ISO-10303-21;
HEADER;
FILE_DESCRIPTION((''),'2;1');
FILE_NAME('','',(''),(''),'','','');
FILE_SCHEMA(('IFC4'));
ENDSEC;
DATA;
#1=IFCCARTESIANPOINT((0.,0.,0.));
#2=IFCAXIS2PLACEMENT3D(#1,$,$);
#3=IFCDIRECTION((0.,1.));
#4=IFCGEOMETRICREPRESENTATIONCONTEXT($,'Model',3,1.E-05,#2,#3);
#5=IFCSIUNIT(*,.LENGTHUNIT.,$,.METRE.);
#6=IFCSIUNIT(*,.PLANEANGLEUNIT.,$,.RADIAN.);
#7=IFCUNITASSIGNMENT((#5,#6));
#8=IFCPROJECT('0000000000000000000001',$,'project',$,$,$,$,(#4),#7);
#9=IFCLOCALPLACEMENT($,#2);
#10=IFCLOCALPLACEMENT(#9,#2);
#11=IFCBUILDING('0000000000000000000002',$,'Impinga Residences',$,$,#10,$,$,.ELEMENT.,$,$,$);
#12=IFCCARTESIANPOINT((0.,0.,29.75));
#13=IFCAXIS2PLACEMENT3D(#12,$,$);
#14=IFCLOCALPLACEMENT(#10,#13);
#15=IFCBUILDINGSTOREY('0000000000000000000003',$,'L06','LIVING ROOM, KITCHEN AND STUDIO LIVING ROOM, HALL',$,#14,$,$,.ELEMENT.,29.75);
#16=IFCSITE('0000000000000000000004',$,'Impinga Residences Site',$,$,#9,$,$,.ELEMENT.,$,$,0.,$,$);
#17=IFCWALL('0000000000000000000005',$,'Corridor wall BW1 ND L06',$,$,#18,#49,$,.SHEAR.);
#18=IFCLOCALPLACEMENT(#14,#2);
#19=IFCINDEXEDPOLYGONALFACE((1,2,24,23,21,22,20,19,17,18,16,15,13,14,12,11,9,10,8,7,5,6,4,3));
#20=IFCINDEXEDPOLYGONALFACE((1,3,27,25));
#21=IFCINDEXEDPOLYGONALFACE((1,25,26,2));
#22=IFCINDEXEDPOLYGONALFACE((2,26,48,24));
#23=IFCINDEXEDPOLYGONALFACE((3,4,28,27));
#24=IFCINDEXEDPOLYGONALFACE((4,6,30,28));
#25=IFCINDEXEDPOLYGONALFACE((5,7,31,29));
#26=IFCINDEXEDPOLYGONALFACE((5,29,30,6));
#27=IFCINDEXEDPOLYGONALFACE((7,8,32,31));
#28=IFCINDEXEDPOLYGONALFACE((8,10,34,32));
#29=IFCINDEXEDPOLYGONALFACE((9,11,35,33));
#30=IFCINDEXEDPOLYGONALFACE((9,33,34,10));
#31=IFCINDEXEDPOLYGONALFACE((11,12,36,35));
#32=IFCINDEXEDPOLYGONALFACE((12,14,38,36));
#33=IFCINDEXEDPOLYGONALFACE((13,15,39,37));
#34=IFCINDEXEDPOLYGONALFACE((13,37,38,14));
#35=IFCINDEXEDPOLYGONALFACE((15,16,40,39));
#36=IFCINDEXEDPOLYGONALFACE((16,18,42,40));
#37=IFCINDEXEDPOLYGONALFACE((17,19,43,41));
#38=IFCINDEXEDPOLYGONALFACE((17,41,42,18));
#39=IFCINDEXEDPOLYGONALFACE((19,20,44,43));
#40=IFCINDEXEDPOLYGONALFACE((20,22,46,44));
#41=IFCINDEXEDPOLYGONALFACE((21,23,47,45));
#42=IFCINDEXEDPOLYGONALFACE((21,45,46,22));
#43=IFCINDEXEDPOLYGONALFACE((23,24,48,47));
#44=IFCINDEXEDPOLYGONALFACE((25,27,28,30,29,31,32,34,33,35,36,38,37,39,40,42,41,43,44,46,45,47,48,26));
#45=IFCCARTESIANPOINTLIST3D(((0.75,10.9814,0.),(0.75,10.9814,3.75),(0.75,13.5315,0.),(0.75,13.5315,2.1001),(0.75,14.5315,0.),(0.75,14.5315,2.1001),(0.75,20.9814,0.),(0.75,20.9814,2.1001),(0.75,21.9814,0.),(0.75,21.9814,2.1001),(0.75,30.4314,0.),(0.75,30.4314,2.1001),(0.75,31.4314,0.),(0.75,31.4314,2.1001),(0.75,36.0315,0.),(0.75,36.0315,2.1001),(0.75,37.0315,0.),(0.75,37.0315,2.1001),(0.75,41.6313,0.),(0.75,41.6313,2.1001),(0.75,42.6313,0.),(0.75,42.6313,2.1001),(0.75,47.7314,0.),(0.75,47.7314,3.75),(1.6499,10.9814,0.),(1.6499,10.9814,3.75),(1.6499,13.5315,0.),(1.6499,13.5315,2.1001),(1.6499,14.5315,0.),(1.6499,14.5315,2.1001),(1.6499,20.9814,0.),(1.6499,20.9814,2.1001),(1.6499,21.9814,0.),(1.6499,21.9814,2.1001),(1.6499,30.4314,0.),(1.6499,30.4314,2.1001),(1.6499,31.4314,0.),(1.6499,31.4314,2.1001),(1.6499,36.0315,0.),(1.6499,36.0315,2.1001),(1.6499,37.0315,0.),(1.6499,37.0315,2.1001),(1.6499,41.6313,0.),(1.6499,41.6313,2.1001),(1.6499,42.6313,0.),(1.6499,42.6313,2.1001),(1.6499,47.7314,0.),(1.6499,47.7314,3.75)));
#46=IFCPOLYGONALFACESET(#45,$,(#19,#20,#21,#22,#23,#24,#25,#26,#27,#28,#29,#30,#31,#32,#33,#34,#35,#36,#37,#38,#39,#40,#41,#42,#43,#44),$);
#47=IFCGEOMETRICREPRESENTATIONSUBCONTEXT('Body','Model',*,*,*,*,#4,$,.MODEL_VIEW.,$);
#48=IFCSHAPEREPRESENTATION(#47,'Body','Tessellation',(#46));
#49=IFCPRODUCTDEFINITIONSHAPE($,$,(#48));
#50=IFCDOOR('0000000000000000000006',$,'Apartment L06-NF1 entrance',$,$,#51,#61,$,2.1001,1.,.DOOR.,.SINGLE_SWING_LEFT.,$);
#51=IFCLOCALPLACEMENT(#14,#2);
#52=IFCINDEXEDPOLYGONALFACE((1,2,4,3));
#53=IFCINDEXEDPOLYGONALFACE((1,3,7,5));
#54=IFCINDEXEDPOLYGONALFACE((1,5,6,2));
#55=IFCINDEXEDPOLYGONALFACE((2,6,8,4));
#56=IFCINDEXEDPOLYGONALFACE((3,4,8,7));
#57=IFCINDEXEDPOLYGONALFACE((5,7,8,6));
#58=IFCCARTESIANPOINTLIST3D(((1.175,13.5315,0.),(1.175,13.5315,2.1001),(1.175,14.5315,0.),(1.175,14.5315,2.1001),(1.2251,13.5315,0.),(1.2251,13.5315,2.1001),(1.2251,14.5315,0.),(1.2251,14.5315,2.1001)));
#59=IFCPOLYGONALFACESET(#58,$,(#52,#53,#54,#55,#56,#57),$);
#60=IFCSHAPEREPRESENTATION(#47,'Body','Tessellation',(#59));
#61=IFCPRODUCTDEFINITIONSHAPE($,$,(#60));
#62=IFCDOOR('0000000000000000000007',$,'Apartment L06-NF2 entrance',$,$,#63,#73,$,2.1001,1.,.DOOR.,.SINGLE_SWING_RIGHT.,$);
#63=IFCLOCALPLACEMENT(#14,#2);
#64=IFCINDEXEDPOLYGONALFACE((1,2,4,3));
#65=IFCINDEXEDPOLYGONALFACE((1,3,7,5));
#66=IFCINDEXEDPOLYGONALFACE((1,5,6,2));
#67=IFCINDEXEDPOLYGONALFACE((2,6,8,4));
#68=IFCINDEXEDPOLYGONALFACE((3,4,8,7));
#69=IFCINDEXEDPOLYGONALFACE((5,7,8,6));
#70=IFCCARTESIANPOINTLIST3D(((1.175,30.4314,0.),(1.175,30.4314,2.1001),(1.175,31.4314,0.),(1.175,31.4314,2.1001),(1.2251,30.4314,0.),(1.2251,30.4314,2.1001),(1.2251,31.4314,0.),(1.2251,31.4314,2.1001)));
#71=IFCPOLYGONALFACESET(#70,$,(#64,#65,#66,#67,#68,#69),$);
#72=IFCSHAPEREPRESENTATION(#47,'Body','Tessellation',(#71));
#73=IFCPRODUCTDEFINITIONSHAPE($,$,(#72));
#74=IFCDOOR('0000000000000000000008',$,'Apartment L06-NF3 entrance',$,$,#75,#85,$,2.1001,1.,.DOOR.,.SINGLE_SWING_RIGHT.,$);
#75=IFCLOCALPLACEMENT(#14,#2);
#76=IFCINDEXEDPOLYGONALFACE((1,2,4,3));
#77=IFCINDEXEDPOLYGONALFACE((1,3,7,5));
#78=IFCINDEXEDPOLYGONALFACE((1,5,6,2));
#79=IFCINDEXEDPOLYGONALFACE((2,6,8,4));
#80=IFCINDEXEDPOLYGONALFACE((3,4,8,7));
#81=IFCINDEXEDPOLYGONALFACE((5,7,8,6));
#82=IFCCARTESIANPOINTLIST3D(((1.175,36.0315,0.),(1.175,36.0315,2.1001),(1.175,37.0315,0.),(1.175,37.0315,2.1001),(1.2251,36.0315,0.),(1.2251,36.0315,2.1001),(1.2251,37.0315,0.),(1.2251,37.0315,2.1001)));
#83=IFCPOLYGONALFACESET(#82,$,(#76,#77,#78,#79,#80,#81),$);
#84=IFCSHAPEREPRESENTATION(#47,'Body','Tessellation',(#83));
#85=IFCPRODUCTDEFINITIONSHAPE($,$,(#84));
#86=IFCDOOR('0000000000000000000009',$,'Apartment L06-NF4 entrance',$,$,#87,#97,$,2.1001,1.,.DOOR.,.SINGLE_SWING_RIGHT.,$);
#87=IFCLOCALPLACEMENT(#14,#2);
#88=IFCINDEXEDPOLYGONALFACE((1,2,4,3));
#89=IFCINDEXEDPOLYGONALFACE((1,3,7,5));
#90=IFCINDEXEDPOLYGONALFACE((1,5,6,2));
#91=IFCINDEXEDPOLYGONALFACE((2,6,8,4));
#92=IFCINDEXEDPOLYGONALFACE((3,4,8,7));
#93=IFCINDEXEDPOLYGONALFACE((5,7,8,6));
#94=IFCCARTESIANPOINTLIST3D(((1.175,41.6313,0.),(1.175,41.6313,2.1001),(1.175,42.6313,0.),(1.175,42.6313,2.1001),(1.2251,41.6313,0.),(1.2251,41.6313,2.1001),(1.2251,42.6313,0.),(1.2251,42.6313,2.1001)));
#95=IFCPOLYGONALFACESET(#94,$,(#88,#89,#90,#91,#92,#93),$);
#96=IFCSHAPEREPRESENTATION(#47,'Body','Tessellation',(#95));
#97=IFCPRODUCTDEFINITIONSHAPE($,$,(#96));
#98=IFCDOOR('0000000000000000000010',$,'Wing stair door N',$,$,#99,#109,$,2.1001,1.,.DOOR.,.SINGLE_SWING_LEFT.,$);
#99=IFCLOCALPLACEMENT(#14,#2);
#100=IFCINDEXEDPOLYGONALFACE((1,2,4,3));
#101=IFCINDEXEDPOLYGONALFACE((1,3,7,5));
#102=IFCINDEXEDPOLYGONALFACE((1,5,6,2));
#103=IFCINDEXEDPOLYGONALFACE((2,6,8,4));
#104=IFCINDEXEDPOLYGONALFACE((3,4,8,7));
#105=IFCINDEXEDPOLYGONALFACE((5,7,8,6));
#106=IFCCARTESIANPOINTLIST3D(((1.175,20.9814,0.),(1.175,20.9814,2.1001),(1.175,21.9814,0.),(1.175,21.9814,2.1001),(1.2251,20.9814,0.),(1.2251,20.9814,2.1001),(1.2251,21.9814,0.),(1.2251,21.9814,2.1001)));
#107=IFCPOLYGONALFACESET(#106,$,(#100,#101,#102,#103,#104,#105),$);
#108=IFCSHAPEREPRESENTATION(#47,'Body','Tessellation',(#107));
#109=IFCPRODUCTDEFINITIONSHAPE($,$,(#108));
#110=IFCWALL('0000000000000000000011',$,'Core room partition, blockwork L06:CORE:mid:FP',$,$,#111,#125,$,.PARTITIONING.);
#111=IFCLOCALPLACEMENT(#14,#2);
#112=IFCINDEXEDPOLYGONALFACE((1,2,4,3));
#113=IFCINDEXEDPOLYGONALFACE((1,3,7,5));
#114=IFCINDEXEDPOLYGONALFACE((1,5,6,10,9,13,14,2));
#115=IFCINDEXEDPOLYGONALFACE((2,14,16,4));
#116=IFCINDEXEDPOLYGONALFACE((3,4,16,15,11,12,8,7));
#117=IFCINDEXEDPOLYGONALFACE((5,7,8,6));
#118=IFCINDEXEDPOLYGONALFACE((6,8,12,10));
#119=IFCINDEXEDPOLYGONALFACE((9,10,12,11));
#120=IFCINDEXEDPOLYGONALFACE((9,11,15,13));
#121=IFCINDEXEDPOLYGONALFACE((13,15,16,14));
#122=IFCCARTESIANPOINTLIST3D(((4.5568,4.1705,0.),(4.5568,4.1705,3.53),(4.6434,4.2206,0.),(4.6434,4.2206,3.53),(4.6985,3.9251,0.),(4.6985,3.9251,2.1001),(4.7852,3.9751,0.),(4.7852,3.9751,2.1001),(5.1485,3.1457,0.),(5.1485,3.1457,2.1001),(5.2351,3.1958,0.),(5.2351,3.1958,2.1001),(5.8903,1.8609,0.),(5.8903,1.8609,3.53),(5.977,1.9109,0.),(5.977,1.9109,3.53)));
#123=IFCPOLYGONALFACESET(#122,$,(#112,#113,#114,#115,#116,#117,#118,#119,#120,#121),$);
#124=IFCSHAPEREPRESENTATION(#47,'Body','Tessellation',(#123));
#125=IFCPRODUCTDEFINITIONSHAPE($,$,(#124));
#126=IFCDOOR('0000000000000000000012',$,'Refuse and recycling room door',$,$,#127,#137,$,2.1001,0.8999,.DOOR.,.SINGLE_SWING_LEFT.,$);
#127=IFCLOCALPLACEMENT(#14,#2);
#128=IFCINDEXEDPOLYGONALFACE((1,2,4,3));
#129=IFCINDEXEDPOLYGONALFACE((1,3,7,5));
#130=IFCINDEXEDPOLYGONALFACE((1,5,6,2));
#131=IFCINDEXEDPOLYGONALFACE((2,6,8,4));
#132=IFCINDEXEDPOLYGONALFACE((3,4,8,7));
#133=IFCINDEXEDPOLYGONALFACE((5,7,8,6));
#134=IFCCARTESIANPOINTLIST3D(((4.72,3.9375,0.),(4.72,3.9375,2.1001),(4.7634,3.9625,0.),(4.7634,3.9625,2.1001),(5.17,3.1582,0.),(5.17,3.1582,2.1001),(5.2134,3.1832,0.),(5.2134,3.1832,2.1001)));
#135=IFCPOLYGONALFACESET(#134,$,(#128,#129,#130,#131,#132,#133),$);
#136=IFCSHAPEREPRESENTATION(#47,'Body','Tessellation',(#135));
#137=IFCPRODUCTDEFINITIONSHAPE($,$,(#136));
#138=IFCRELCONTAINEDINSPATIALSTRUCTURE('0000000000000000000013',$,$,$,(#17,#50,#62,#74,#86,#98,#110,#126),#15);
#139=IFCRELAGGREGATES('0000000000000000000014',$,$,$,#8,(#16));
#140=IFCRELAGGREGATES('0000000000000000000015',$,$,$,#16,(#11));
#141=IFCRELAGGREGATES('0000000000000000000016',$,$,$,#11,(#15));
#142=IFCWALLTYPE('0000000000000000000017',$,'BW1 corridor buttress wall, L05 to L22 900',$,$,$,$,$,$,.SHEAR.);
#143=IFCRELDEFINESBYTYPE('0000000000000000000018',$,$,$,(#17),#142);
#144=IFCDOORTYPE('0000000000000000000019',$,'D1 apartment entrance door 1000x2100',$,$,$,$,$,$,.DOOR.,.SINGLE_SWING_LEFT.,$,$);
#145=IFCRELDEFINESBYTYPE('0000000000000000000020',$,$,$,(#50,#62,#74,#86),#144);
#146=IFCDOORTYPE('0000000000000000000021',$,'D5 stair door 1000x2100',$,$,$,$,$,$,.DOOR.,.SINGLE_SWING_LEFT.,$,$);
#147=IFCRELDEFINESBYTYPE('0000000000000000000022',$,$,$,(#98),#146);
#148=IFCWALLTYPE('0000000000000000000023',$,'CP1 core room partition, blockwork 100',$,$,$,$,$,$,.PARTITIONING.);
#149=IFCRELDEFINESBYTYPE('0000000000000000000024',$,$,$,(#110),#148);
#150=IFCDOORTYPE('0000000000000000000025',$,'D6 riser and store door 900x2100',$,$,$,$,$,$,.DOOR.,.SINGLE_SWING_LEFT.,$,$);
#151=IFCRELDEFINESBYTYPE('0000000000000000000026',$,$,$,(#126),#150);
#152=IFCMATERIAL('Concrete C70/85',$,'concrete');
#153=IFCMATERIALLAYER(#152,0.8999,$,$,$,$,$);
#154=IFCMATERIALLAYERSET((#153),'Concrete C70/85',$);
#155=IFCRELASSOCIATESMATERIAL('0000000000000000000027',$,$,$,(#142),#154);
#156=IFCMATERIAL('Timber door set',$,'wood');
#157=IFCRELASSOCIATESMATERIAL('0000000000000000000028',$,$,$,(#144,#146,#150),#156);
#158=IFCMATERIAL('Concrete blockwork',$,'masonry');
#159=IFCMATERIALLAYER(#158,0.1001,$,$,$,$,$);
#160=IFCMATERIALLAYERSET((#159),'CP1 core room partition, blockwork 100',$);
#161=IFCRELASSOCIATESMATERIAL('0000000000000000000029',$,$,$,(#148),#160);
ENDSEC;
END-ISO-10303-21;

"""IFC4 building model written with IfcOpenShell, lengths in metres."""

from ifc_helpers import new_model, si_unit, direction, frame, frame_2d, origin, place, context, subcontext, project, spatial, rectangle, extrude, material, layer, layer_set, type_object, element, fill, save


model = new_model("IFC4")

# Units and contexts
model_context = context("Model", 3, precision=1e-05, world=origin(), true_north=direction((0.0, 1.0)))
body_context = subcontext(model_context, "Body", "Model", "MODEL_VIEW")
ifc_project = project(units=[si_unit("LENGTHUNIT", "METRE"), si_unit("PLANEANGLEUNIT", "RADIAN")], contexts=[model_context])

# Site, building, storey
site_placement = place(None, origin())
site = spatial("IfcSite", under=ifc_project, at=site_placement, Name="Impinga Residences Site", CompositionType="ELEMENT", RefElevation=0.0)
building_placement = place(site_placement, origin())
building = spatial("IfcBuilding", under=site, at=building_placement, Name="Impinga Residences", CompositionType="ELEMENT")
storey_placement = place(building_placement, frame((0.0, 0.0, 29.75)))
storey = spatial("IfcBuildingStorey", under=building, at=storey_placement, Name="L06", Description="LIVING ROOM, KITCHEN AND STUDIO LIVING ROOM, HALL", CompositionType="ELEMENT", Elevation=29.75)

# Wall, openings, doors
ifc_material_1 = material(Name="Concrete C70/85", Category="concrete")
ifc_layer_1 = layer(ifc_material_1, 0.8999)
ifc_layer_set_1 = layer_set([ifc_layer_1], Name="Concrete C70/85")
wall_type_1 = type_object("IfcWallType", Name="BW1 corridor buttress wall, L05 to L22 900", PredefinedType="SHEAR", material=ifc_layer_set_1)
wall_1_placement = place(storey_placement, frame((1.2, 10.9814, 0.0), z_axis=(0.0, 0.0, 1.0), x_axis=(0.0, 1.0, 0.0)))
wall_1 = element("IfcWall", 1, at=wall_1_placement, inside=storey, type_object=wall_type_1, Name="Corridor wall BW1 ND L06", PredefinedType="SHEAR", context=body_context, shape_type="SweptSolid", body=[
    extrude(rectangle(XDim=36.75, YDim=0.8999, at=frame_2d((18.375, 0.0))), origin(), (0.0, 0.0, 1.0), 3.75),
])
opening_1_placement = place(wall_1_placement, frame((10.0, 0.0, 0.0)))
opening_1 = element("IfcOpeningElement", 2, at=opening_1_placement, cuts=wall_1, PredefinedType="OPENING", context=body_context, shape_type="SweptSolid", body=[
    extrude(rectangle(XDim=1.0, YDim=2.1001, at=frame_2d((0.5, 1.05))), frame((0.0, 0.46, 0.0), z_axis=(0.0, -1.0, 0.0), x_axis=(1.0, 0.0, 0.0)), (0.0, 0.0, 1.0), 0.9199),
])
opening_2_placement = place(wall_1_placement, frame((2.55, 0.0, 0.0)))
opening_2 = element("IfcOpeningElement", 3, at=opening_2_placement, cuts=wall_1, PredefinedType="OPENING", context=body_context, shape_type="SweptSolid", body=[
    extrude(rectangle(XDim=1.0, YDim=2.1001, at=frame_2d((0.5, 1.05))), frame((0.0, 0.46, 0.0), z_axis=(0.0, -1.0, 0.0), x_axis=(1.0, 0.0, 0.0)), (0.0, 0.0, 1.0), 0.9199),
])
opening_3_placement = place(wall_1_placement, frame((19.45, 0.0, 0.0)))
opening_3 = element("IfcOpeningElement", 4, at=opening_3_placement, cuts=wall_1, PredefinedType="OPENING", context=body_context, shape_type="SweptSolid", body=[
    extrude(rectangle(XDim=1.0, YDim=2.1001, at=frame_2d((0.5, 1.05))), frame((0.0, 0.46, 0.0), z_axis=(0.0, -1.0, 0.0), x_axis=(1.0, 0.0, 0.0)), (0.0, 0.0, 1.0), 0.9199),
])
opening_4_placement = place(wall_1_placement, frame((25.05, 0.0, 0.0)))
opening_4 = element("IfcOpeningElement", 5, at=opening_4_placement, cuts=wall_1, PredefinedType="OPENING", context=body_context, shape_type="SweptSolid", body=[
    extrude(rectangle(XDim=1.0, YDim=2.1001, at=frame_2d((0.5, 1.05))), frame((0.0, 0.46, 0.0), z_axis=(0.0, -1.0, 0.0), x_axis=(1.0, 0.0, 0.0)), (0.0, 0.0, 1.0), 0.9199),
])
opening_5_placement = place(wall_1_placement, frame((30.6499, 0.0, 0.0)))
opening_5 = element("IfcOpeningElement", 6, at=opening_5_placement, cuts=wall_1, PredefinedType="OPENING", context=body_context, shape_type="SweptSolid", body=[
    extrude(rectangle(XDim=1.0, YDim=2.1001, at=frame_2d((0.5, 1.05))), frame((0.0, 0.46, 0.0), z_axis=(0.0, -1.0, 0.0), x_axis=(1.0, 0.0, 0.0)), (0.0, 0.0, 1.0), 0.9199),
])
ifc_material_2 = material(Name="Timber door set", Category="wood")
door_type_1 = type_object("IfcDoorType", Name="D1 apartment entrance door 1000x2100", OperationType="SINGLE_SWING_LEFT", PredefinedType="DOOR", material=ifc_material_2)
door_1_placement = place(opening_2_placement, origin())
door_1 = element("IfcDoor", 7, at=door_1_placement, inside=storey, type_object=door_type_1, Name="Apartment L06-NF1 entrance", OperationType="SINGLE_SWING_LEFT", OverallHeight=2.1001, OverallWidth=1.0, PredefinedType="DOOR", context=body_context, shape_type="SweptSolid", body=[
    extrude(rectangle(XDim=1.0, YDim=2.1001, at=frame_2d((0.5, 1.05))), frame((0.0, 0.0249, 0.0), z_axis=(0.0, -1.0, 0.0), x_axis=(1.0, 0.0, 0.0)), (0.0, 0.0, 1.0), 0.05),
])
fill(opening_2, door_1)
door_2_placement = place(opening_3_placement, origin())
door_2 = element("IfcDoor", 8, at=door_2_placement, inside=storey, type_object=door_type_1, Name="Apartment L06-NF2 entrance", OperationType="SINGLE_SWING_RIGHT", OverallHeight=2.1001, OverallWidth=1.0, PredefinedType="DOOR", context=body_context, shape_type="SweptSolid", body=[
    extrude(rectangle(XDim=1.0, YDim=2.1001, at=frame_2d((0.5, 1.05))), frame((0.0, 0.0249, 0.0), z_axis=(0.0, -1.0, 0.0), x_axis=(1.0, 0.0, 0.0)), (0.0, 0.0, 1.0), 0.05),
])
fill(opening_3, door_2)
door_3_placement = place(opening_4_placement, origin())
door_3 = element("IfcDoor", 9, at=door_3_placement, inside=storey, type_object=door_type_1, Name="Apartment L06-NF3 entrance", OperationType="SINGLE_SWING_RIGHT", OverallHeight=2.1001, OverallWidth=1.0, PredefinedType="DOOR", context=body_context, shape_type="SweptSolid", body=[
    extrude(rectangle(XDim=1.0, YDim=2.1001, at=frame_2d((0.5, 1.05))), frame((0.0, 0.0249, 0.0), z_axis=(0.0, -1.0, 0.0), x_axis=(1.0, 0.0, 0.0)), (0.0, 0.0, 1.0), 0.05),
])
fill(opening_4, door_3)
door_4_placement = place(opening_5_placement, origin())
door_4 = element("IfcDoor", 10, at=door_4_placement, inside=storey, type_object=door_type_1, Name="Apartment L06-NF4 entrance", OperationType="SINGLE_SWING_RIGHT", OverallHeight=2.1001, OverallWidth=1.0, PredefinedType="DOOR", context=body_context, shape_type="SweptSolid", body=[
    extrude(rectangle(XDim=1.0, YDim=2.1001, at=frame_2d((0.5, 1.05))), frame((0.0, 0.0249, 0.0), z_axis=(0.0, -1.0, 0.0), x_axis=(1.0, 0.0, 0.0)), (0.0, 0.0, 1.0), 0.05),
])
fill(opening_5, door_4)
door_type_2 = type_object("IfcDoorType", Name="D5 stair door 1000x2100", OperationType="SINGLE_SWING_LEFT", PredefinedType="DOOR", material=ifc_material_2)
door_5_placement = place(opening_1_placement, origin())
door_5 = element("IfcDoor", 11, at=door_5_placement, inside=storey, type_object=door_type_2, Name="Wing stair door N", OperationType="SINGLE_SWING_LEFT", OverallHeight=2.1001, OverallWidth=1.0, PredefinedType="DOOR", context=body_context, shape_type="SweptSolid", body=[
    extrude(rectangle(XDim=1.0, YDim=2.1001, at=frame_2d((0.5, 1.05))), frame((0.0, 0.0249, 0.0), z_axis=(0.0, -1.0, 0.0), x_axis=(1.0, 0.0, 0.0)), (0.0, 0.0, 1.0), 0.05),
])
fill(opening_1, door_5)

# Wall, opening, door
ifc_material_3 = material(Name="Concrete blockwork", Category="masonry")
ifc_layer_2 = layer(ifc_material_3, 0.1001)
ifc_layer_set_2 = layer_set([ifc_layer_2], Name="CP1 core room partition, blockwork 100")
wall_type_2 = type_object("IfcWallType", Name="CP1 core room partition, blockwork 100", PredefinedType="PARTITIONING", material=ifc_layer_set_2)
wall_2_placement = place(storey_placement, frame((4.6001, 4.1956, 0.0), z_axis=(0.0, 0.0, 1.0), x_axis=(0.500018, -0.866015, 0.0)))
wall_2 = element("IfcWall", 12, at=wall_2_placement, inside=storey, type_object=wall_type_2, Name="Core room partition, blockwork L06:CORE:mid:FP", PredefinedType="PARTITIONING", context=body_context, shape_type="SweptSolid", body=[
    extrude(rectangle(XDim=2.667, YDim=0.1001, at=frame_2d((1.3335, 0.0))), origin(), (0.0, 0.0, 1.0), 3.53),
])
opening_6_placement = place(wall_2_placement, frame((0.2834, 0.0, 0.0)))
opening_6 = element("IfcOpeningElement", 13, at=opening_6_placement, cuts=wall_2, PredefinedType="OPENING", context=body_context, shape_type="SweptSolid", body=[
    extrude(rectangle(XDim=0.8999, YDim=2.1001, at=frame_2d((0.45, 1.05))), frame((0.0, 0.0601, 0.0), z_axis=(0.0, -1.0, 0.0), x_axis=(1.0, 0.0, 0.0)), (0.0, 0.0, 1.0), 0.1201),
])
door_type_3 = type_object("IfcDoorType", Name="D6 riser and store door 900x2100", OperationType="SINGLE_SWING_LEFT", PredefinedType="DOOR", material=ifc_material_2)
door_6_placement = place(opening_6_placement, origin())
door_6 = element("IfcDoor", 14, at=door_6_placement, inside=storey, type_object=door_type_3, Name="Refuse and recycling room door", OperationType="SINGLE_SWING_LEFT", OverallHeight=2.1001, OverallWidth=0.8999, PredefinedType="DOOR", context=body_context, shape_type="SweptSolid", body=[
    extrude(rectangle(XDim=0.8999, YDim=2.1001, at=frame_2d((0.45, 1.05))), frame((0.0, 0.0249, 0.0), z_axis=(0.0, -1.0, 0.0), x_axis=(1.0, 0.0, 0.0)), (0.0, 0.0, 1.0), 0.05),
])
fill(opening_6, door_6)

save(model, "model.ifc")
